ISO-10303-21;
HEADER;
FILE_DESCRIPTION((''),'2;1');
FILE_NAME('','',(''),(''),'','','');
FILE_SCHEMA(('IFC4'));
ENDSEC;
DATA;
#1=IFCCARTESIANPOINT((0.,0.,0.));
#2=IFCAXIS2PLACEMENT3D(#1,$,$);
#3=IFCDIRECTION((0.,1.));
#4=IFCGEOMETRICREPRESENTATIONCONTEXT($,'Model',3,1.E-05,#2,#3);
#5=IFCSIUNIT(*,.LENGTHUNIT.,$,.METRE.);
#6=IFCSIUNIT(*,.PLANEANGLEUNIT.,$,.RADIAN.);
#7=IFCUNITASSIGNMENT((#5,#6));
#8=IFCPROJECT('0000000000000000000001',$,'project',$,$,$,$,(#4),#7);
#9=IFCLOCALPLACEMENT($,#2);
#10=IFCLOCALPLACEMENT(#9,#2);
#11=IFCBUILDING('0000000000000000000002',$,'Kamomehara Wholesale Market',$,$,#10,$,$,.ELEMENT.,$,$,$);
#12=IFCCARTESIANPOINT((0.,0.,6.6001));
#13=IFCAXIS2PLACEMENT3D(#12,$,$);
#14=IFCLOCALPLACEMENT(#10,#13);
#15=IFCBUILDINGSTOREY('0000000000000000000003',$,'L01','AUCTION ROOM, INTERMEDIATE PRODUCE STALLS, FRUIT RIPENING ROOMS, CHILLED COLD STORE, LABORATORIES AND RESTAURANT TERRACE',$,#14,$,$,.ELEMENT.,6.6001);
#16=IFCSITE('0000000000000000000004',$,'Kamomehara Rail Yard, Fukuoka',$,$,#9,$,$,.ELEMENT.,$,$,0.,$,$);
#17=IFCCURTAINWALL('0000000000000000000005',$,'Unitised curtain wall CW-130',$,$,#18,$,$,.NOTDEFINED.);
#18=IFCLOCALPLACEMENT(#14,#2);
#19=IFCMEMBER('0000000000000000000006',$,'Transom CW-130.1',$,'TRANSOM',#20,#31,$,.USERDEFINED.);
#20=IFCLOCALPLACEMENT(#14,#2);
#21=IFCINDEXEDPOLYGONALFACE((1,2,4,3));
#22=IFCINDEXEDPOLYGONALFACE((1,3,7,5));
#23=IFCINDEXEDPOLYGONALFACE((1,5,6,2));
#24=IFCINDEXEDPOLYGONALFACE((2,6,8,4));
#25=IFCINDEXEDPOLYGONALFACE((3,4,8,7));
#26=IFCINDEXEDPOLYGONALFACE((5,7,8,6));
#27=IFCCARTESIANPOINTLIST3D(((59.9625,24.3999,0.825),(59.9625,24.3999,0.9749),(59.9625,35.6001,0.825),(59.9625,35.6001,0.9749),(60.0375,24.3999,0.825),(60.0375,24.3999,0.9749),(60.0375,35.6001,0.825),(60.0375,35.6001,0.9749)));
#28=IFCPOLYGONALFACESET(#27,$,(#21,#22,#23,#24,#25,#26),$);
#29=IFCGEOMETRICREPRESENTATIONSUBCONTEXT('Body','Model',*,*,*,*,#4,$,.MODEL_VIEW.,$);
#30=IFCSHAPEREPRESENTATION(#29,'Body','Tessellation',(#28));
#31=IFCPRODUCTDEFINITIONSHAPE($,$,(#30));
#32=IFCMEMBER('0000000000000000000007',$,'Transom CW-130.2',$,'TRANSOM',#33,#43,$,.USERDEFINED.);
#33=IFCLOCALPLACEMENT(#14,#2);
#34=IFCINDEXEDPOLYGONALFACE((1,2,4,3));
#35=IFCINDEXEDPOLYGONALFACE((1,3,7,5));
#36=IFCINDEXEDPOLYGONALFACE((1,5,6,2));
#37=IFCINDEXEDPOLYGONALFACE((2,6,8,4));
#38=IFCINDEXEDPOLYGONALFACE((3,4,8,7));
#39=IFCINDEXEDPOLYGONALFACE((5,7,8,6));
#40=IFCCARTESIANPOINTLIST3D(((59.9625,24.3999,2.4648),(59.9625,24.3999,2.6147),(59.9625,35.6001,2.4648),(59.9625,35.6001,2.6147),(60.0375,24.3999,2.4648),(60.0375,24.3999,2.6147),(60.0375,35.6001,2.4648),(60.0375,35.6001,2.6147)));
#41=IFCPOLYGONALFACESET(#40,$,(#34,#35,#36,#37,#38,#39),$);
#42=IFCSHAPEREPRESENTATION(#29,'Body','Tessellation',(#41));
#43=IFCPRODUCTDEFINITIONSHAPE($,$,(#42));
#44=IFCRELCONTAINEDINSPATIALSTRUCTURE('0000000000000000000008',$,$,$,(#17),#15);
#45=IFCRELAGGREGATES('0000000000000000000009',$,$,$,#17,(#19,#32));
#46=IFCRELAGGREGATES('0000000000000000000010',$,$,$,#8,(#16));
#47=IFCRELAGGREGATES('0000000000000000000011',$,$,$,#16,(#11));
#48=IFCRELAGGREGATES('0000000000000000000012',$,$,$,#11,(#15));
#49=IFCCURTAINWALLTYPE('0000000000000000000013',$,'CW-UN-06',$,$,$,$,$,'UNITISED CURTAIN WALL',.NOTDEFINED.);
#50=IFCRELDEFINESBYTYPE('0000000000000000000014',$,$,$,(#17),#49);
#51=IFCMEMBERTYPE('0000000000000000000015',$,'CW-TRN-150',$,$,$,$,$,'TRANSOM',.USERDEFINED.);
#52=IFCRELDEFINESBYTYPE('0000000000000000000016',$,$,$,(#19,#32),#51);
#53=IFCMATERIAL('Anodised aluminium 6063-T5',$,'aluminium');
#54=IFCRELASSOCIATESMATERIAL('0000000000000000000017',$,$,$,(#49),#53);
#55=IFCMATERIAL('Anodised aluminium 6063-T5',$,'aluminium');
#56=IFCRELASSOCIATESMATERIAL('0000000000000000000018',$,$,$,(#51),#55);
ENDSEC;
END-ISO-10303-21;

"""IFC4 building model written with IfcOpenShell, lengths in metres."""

from ifc_helpers import new_model, si_unit, direction, frame, origin, origin_2d, place, context, subcontext, project, spatial, rectangle, extrude, material, material_profile, profile_set, type_object, element, aggregate, save


model = new_model("IFC4")

# Units and contexts
model_context = context("Model", 3, precision=1e-05, world=origin(), true_north=direction((0.0, 1.0)))
body_context = subcontext(model_context, "Body", "Model", "MODEL_VIEW")
ifc_project = project(units=[si_unit("LENGTHUNIT", "METRE"), si_unit("PLANEANGLEUNIT", "RADIAN")], contexts=[model_context])

# Site, building, storey
site_placement = place(None, origin())
site = spatial("IfcSite", under=ifc_project, at=site_placement, Name="Kamomehara Rail Yard, Fukuoka", CompositionType="ELEMENT", RefElevation=0.0)
building_placement = place(site_placement, origin())
building = spatial("IfcBuilding", under=site, at=building_placement, Name="Kamomehara Wholesale Market", CompositionType="ELEMENT")
storey_placement = place(building_placement, frame((0.0, 0.0, 6.6001)))
storey = spatial("IfcBuildingStorey", under=building, at=storey_placement, Name="L01", Description="AUCTION ROOM, INTERMEDIATE PRODUCE STALLS, FRUIT RIPENING ROOMS, CHILLED COLD STORE, LABORATORIES AND RESTAURANT TERRACE", CompositionType="ELEMENT", Elevation=6.6001)

# Shared definitions
ifc_material_1 = material(Name="Anodised aluminium 6063-T5", Category="aluminium")
curtain_wall_type = type_object("IfcCurtainWallType", Name="CW-UN-06", ElementType="UNITISED CURTAIN WALL", PredefinedType="NOTDEFINED", material=ifc_material_1)

# Curtain wall
curtain_wall_1_placement = place(storey_placement, origin())
curtain_wall_1 = element("IfcCurtainWall", 1, at=curtain_wall_1_placement, inside=storey, type_object=curtain_wall_type, Name="Unitised curtain wall CW-130", PredefinedType="NOTDEFINED")

# Members
ifc_material_2 = material(Name="Anodised aluminium 6063-T5", Category="aluminium")
ifc_material_profile_1 = material_profile(ifc_material_2, rectangle(XDim=0.075, YDim=0.1499, at=origin_2d()), Name="ALU-TRN-75x150")
ifc_profile_set_1 = profile_set([ifc_material_profile_1], Name="Anodised aluminium 6063-T5")
member_type_1 = type_object("IfcMemberType", Name="CW-TRN-150", ElementType="TRANSOM", PredefinedType="USERDEFINED", material=ifc_profile_set_1)
member_1_placement = place(storey_placement, frame((60.0, 24.3999, 0.8999), z_axis=(0.0, 1.0, 0.0), x_axis=(-1.0, 0.0, 0.0)))
member_1 = element("IfcMember", 2, at=member_1_placement, type_object=member_type_1, Name="Transom CW-130.1", ObjectType="TRANSOM", PredefinedType="USERDEFINED", context=body_context, shape_type="SweptSolid", body=[
    extrude(rectangle(XDim=0.075, YDim=0.1499, at=origin_2d()), origin(), (0.0, 0.0, 1.0), 11.2002),
])
member_2_placement = place(storey_placement, frame((60.0, 24.3999, 2.5398), z_axis=(0.0, 1.0, 0.0), x_axis=(-1.0, 0.0, 0.0)))
member_2 = element("IfcMember", 3, at=member_2_placement, type_object=member_type_1, Name="Transom CW-130.2", ObjectType="TRANSOM", PredefinedType="USERDEFINED", context=body_context, shape_type="SweptSolid", body=[
    extrude(rectangle(XDim=0.075, YDim=0.1499, at=origin_2d()), origin(), (0.0, 0.0, 1.0), 11.2002),
])
aggregate(curtain_wall_1, [member_1, member_2])

save(model, "model.ifc")
